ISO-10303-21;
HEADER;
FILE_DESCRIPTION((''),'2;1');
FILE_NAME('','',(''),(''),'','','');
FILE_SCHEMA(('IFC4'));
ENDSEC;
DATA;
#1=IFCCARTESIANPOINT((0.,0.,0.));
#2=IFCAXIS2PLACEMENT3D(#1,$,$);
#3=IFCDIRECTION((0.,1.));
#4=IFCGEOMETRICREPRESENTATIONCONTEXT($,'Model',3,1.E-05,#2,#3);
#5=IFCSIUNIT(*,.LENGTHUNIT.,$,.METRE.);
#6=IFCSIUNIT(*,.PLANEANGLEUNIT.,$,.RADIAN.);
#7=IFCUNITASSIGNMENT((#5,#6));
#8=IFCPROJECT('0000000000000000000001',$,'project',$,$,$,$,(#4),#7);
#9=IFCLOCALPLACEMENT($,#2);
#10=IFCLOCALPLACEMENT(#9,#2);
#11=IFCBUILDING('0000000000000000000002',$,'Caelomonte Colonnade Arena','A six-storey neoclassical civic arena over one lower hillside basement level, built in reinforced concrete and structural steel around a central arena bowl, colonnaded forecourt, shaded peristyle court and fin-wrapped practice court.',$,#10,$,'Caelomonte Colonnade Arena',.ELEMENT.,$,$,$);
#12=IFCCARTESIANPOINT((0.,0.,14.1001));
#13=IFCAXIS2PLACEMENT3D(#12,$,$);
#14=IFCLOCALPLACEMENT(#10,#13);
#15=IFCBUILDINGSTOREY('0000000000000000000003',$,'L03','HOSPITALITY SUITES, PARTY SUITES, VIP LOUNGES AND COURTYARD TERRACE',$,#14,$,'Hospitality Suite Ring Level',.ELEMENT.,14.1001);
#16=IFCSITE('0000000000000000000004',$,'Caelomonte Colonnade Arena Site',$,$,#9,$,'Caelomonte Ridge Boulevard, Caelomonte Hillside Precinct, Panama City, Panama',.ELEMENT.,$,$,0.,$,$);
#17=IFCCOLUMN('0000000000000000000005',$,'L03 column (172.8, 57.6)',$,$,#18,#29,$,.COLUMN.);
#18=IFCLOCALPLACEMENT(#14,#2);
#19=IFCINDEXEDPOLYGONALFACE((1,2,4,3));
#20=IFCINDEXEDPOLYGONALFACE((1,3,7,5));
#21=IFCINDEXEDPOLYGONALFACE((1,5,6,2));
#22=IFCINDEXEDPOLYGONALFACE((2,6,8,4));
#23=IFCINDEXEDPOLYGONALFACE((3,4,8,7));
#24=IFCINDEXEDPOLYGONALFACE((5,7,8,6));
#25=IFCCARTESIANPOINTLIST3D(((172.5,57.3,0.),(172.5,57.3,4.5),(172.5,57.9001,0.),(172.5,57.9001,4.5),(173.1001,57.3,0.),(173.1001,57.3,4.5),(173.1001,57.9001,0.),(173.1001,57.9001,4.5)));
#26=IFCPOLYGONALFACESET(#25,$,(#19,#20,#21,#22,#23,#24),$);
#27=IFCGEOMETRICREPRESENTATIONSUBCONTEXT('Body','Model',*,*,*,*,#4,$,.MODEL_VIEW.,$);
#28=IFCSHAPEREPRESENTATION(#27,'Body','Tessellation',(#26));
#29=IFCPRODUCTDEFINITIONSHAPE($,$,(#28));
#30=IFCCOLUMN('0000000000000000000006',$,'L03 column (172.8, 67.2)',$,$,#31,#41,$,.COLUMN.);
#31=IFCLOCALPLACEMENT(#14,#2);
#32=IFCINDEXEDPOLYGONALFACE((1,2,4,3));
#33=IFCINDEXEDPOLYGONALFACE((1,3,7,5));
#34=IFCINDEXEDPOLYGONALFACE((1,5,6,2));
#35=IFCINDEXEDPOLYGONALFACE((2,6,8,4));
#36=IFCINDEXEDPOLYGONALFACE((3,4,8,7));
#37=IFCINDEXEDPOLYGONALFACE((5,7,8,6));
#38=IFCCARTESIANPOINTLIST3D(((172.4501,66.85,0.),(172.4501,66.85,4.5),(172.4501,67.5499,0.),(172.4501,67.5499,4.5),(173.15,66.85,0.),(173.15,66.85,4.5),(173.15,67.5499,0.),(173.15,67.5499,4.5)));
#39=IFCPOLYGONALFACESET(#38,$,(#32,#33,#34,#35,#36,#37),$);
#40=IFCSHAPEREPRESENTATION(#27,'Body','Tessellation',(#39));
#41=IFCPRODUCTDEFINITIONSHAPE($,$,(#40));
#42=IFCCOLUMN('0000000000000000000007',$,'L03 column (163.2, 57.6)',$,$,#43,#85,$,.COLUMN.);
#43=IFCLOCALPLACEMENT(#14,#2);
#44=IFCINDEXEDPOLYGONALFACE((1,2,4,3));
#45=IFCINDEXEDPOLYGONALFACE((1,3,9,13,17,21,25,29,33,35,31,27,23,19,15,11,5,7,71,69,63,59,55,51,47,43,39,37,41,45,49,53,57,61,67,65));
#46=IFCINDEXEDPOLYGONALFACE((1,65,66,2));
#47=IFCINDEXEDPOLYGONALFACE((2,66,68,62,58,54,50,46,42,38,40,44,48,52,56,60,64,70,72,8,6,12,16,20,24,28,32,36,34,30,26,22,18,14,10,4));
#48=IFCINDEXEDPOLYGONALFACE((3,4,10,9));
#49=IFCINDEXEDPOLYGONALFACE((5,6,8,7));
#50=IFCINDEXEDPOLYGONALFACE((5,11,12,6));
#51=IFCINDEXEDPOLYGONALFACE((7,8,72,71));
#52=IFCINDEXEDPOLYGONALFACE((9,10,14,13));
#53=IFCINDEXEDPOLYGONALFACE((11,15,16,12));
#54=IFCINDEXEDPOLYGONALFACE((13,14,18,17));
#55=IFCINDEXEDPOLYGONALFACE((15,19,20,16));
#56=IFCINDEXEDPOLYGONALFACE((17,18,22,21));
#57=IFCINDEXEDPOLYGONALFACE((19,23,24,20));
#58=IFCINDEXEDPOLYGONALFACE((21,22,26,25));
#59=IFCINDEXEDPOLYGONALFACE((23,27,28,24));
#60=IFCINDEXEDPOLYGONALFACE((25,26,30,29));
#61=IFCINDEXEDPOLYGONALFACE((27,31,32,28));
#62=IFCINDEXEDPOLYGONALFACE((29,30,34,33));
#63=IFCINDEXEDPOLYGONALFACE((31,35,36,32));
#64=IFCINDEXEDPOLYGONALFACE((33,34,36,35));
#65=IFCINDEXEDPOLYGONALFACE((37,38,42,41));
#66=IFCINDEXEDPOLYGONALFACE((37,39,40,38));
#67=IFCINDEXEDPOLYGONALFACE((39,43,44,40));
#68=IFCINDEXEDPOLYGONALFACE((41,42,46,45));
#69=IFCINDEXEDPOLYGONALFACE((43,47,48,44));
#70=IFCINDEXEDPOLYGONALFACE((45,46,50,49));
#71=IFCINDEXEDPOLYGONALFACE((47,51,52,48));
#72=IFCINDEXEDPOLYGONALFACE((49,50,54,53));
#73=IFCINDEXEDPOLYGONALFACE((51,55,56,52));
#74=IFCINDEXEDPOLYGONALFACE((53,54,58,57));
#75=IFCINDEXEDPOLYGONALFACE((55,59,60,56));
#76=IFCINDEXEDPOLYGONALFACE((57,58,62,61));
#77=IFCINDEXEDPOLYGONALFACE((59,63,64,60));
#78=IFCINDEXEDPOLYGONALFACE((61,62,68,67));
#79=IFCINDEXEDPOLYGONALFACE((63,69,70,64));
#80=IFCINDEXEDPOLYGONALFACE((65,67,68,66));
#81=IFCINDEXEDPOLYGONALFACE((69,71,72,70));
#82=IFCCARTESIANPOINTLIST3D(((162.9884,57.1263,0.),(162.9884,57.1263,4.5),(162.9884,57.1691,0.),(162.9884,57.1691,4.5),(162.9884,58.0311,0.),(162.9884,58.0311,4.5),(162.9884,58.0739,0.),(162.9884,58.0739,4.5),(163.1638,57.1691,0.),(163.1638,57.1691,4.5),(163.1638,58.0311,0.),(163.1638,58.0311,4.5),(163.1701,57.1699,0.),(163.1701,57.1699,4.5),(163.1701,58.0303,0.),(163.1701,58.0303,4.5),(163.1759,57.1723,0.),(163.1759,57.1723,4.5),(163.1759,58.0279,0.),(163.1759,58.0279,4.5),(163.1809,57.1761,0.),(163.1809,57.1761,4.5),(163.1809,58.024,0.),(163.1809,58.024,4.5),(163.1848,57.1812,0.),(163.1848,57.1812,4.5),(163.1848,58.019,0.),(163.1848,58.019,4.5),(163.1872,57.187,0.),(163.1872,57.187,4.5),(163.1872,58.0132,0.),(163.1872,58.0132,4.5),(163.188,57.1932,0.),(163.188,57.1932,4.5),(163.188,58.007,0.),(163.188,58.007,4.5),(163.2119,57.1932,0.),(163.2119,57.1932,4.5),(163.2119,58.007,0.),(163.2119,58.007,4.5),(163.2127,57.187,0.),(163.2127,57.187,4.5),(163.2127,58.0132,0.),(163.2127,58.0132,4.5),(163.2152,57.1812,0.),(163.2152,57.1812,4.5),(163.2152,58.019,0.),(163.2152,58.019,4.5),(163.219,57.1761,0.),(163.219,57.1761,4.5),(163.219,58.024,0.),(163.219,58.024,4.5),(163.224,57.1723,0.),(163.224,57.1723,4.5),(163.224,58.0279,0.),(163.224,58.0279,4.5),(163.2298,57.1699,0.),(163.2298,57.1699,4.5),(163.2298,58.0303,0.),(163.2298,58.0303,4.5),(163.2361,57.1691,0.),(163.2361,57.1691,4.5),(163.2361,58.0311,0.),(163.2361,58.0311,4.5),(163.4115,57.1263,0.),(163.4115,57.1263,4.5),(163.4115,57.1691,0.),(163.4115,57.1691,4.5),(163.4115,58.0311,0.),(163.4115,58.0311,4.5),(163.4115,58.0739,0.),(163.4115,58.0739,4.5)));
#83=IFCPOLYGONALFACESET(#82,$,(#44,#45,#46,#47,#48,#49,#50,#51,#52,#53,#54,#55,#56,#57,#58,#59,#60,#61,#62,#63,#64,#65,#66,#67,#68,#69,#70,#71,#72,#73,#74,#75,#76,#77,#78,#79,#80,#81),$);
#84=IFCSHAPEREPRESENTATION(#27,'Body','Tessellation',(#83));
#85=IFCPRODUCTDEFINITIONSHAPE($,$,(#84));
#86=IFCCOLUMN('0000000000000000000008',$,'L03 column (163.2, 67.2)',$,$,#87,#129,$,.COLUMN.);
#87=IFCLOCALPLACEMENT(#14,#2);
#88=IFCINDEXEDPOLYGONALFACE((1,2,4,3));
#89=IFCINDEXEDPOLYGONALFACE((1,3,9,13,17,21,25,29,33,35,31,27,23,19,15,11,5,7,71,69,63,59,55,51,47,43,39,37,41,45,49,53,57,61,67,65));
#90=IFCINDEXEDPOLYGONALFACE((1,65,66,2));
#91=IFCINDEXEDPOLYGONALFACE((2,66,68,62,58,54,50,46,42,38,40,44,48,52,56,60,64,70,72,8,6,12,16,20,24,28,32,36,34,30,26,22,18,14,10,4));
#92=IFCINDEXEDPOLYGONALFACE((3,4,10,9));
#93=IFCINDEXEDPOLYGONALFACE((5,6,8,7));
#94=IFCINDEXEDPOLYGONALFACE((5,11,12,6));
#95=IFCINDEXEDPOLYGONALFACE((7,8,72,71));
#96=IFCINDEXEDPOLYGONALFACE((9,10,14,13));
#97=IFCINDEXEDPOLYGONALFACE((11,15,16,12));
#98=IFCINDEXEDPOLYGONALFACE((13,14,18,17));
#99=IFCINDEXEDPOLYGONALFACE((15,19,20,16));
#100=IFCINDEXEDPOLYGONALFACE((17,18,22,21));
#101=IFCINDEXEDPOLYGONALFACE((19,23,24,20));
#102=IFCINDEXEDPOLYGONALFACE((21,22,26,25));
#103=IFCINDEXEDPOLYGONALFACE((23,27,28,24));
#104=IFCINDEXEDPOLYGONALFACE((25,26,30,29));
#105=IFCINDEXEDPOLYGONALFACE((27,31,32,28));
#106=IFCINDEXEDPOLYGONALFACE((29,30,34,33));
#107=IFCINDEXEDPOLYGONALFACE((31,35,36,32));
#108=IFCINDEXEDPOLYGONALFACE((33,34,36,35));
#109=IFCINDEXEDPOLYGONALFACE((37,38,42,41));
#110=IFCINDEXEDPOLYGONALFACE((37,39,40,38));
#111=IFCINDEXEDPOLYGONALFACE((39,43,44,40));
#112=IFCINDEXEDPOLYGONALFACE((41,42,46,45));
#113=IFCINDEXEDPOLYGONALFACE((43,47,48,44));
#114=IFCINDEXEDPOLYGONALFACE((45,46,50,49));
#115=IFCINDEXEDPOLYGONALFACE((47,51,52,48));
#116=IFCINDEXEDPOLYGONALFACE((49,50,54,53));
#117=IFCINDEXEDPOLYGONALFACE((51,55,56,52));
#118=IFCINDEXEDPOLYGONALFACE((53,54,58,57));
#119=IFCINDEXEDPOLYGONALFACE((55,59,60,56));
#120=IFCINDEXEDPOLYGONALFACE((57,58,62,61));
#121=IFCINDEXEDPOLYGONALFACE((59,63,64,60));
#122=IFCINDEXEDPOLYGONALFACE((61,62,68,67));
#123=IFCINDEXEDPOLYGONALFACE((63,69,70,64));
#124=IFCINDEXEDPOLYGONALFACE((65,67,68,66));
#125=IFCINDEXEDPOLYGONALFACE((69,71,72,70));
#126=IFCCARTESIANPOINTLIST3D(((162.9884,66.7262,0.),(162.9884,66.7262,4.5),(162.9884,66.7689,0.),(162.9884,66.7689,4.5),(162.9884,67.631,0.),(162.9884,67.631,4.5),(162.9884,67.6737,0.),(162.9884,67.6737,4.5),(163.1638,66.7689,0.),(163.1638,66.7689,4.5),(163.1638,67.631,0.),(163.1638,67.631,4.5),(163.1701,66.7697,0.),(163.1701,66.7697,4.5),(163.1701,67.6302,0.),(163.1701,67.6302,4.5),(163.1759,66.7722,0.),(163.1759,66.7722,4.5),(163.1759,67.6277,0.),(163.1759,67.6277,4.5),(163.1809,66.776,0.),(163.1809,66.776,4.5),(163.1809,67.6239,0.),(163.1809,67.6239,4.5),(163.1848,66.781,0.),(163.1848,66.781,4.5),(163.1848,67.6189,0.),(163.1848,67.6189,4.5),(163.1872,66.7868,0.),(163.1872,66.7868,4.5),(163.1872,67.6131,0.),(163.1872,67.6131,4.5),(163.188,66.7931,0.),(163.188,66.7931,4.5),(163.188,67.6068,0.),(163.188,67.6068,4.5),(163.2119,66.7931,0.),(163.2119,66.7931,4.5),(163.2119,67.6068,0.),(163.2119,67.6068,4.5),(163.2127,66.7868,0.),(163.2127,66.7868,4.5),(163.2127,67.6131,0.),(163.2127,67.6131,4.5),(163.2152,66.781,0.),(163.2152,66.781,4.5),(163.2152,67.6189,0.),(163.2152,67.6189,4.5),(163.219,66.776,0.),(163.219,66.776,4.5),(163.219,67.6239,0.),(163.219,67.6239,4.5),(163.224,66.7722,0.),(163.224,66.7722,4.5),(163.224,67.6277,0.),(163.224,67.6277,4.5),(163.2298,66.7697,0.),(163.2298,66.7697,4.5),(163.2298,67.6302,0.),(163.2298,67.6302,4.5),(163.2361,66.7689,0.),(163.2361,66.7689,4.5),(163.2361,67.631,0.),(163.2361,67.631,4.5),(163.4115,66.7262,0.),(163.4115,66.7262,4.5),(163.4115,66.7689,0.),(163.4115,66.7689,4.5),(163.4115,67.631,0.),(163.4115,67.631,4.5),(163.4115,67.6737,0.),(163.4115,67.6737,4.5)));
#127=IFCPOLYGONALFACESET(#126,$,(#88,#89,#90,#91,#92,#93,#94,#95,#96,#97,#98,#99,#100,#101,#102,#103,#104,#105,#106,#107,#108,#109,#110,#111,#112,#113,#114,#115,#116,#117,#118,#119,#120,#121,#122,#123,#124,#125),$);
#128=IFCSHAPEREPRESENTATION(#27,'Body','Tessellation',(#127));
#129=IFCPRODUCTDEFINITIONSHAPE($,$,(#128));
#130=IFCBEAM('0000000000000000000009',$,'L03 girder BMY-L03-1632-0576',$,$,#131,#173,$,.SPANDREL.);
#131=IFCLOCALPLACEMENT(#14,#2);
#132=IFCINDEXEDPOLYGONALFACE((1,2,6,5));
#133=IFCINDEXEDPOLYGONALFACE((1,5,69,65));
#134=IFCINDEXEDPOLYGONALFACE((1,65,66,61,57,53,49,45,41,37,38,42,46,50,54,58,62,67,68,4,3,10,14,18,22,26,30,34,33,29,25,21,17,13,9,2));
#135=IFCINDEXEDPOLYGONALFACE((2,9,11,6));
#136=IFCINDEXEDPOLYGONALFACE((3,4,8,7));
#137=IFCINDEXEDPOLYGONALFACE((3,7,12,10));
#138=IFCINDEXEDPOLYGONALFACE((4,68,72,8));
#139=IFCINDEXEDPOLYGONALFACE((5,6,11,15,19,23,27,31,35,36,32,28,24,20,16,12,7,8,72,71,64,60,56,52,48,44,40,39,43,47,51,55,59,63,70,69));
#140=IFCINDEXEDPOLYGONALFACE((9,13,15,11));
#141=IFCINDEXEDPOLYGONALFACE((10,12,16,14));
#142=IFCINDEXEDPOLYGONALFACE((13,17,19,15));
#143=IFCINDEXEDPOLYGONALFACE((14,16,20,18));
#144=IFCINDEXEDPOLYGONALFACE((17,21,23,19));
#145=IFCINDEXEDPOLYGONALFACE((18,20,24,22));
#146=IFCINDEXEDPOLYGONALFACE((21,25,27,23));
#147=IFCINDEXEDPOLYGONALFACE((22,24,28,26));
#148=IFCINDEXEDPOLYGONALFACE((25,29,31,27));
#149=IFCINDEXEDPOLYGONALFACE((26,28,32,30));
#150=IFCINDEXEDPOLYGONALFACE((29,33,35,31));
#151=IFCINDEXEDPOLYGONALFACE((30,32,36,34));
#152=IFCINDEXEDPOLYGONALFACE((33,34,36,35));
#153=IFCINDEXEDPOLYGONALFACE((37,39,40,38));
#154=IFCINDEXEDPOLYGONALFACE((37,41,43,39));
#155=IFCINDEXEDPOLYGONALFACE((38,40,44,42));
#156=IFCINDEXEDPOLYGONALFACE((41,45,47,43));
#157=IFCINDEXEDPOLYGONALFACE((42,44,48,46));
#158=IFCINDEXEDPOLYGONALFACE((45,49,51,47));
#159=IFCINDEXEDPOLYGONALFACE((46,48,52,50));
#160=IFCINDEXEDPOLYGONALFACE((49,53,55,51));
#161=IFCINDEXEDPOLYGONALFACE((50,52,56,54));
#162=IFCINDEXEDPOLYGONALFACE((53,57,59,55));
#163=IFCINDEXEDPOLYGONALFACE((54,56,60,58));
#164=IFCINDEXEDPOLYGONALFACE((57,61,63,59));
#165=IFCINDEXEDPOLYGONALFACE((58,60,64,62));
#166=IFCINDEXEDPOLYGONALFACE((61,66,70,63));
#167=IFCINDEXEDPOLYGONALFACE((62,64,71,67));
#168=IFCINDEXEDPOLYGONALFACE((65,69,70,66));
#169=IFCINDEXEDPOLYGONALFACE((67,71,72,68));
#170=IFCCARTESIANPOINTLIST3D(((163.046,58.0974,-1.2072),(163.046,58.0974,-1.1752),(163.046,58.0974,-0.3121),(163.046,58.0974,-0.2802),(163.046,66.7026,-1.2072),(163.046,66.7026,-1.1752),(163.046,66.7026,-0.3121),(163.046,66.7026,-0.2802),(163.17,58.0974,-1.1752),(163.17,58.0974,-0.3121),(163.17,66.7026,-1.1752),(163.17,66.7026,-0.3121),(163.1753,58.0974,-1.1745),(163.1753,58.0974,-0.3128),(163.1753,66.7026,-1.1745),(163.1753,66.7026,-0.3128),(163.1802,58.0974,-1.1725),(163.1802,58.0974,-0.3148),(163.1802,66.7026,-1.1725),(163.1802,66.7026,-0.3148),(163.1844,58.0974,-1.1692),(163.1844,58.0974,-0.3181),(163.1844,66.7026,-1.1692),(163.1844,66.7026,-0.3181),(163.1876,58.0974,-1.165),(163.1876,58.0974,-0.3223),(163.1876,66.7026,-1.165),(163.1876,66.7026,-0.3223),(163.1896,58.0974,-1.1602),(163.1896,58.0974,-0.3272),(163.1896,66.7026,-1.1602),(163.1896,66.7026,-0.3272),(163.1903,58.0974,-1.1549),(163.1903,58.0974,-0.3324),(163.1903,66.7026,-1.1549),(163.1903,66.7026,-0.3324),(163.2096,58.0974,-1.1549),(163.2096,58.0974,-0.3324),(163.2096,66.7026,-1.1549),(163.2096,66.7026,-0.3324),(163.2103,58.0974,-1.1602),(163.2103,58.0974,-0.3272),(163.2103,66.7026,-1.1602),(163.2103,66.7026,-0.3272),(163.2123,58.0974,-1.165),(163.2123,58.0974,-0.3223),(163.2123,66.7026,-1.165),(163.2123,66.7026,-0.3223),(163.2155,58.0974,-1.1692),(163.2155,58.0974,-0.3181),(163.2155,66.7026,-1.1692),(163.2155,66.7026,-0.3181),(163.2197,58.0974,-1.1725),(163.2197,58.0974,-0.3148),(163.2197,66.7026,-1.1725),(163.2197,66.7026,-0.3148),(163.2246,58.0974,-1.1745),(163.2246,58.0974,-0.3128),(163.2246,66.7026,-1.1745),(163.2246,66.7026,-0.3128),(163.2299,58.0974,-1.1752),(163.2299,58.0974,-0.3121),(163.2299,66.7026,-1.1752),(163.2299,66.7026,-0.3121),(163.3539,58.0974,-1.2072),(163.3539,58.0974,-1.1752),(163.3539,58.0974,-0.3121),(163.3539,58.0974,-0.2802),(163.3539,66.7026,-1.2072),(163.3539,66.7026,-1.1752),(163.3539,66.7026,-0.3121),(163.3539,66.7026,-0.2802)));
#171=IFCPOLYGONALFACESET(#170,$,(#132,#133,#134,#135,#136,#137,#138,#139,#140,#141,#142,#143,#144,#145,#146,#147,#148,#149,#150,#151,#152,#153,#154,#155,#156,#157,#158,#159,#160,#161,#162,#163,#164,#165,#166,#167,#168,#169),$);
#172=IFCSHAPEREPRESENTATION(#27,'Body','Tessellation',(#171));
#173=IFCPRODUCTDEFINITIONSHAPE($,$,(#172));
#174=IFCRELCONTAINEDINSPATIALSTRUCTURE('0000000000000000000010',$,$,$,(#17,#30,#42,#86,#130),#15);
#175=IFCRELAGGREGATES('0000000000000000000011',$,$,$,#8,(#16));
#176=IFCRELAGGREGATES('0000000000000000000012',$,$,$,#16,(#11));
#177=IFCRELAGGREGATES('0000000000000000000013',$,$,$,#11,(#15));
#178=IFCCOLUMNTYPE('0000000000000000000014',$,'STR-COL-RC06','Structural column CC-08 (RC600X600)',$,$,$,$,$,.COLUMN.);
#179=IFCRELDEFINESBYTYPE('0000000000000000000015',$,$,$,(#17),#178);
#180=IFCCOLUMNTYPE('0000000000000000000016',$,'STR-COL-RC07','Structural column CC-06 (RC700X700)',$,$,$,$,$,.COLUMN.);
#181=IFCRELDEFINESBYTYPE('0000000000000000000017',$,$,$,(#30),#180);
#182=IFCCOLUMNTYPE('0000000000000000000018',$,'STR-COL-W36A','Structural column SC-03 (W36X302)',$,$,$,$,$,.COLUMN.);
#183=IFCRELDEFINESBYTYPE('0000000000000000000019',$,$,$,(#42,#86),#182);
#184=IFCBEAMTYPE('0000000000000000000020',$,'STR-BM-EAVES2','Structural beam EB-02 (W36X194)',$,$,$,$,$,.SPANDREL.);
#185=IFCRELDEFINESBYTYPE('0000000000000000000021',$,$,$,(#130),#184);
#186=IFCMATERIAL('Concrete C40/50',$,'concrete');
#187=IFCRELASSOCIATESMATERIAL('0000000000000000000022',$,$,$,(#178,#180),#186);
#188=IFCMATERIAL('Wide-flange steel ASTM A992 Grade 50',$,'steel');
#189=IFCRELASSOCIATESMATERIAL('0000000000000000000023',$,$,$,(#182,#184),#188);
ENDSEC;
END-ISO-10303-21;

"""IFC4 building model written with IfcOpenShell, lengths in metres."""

from ifc_helpers import new_model, si_unit, direction, frame, origin, origin_2d, place, context, subcontext, project, spatial, rectangle, i_section, extrude, material, material_profile, profile_set, type_object, element, save


model = new_model("IFC4")

# Units and contexts
model_context = context("Model", 3, precision=1e-05, world=origin(), true_north=direction((0.0, 1.0)))
body_context = subcontext(model_context, "Body", "Model", "MODEL_VIEW")
ifc_project = project(units=[si_unit("LENGTHUNIT", "METRE"), si_unit("PLANEANGLEUNIT", "RADIAN")], contexts=[model_context])

# Site, building, storey
site_placement = place(None, origin())
site = spatial("IfcSite", under=ifc_project, at=site_placement, Name="Caelomonte Colonnade Arena Site", LongName="Caelomonte Ridge Boulevard, Caelomonte Hillside Precinct, Panama City, Panama", CompositionType="ELEMENT", RefElevation=0.0)
building_placement = place(site_placement, origin())
building = spatial("IfcBuilding", under=site, at=building_placement, Name="Caelomonte Colonnade Arena", Description="A six-storey neoclassical civic arena over one lower hillside basement level, built in reinforced concrete and structural steel around a central arena bowl, colonnaded forecourt, shaded peristyle court and fin-wrapped practice court.", LongName="Caelomonte Colonnade Arena", CompositionType="ELEMENT")
storey_placement = place(building_placement, frame((0.0, 0.0, 14.1001)))
storey = spatial("IfcBuildingStorey", under=building, at=storey_placement, Name="L03", Description="HOSPITALITY SUITES, PARTY SUITES, VIP LOUNGES AND COURTYARD TERRACE", LongName="Hospitality Suite Ring Level", CompositionType="ELEMENT", Elevation=14.1001)

# Columns
ifc_material_1 = material(Name="Concrete C40/50", Category="concrete")
ifc_material_profile_1 = material_profile(ifc_material_1, rectangle(XDim=0.6001, YDim=0.6001, at=origin_2d()), Name="RC600X600")
ifc_profile_set_1 = profile_set([ifc_material_profile_1], Name="Concrete C40/50")
column_type_1 = type_object("IfcColumnType", Name="STR-COL-RC06", Description="Structural column CC-08 (RC600X600)", PredefinedType="COLUMN", material=ifc_profile_set_1)
column_1_placement = place(storey_placement, frame((172.8, 57.6001, 0.0), z_axis=(0.0, 0.0, 1.0), x_axis=(1.0, 0.0, 0.0)))
element("IfcColumn", 1, at=column_1_placement, inside=storey, type_object=column_type_1, Name="L03 column (172.8, 57.6)", PredefinedType="COLUMN", context=body_context, shape_type="SweptSolid", body=[
    extrude(rectangle(XDim=0.6001, YDim=0.6001, at=origin_2d()), origin(), (0.0, 0.0, 1.0), 4.5),
])
ifc_material_profile_2 = material_profile(ifc_material_1, rectangle(XDim=0.7, YDim=0.7, at=origin_2d()), Name="RC700X700")
ifc_profile_set_2 = profile_set([ifc_material_profile_2], Name="Concrete C40/50")
column_type_2 = type_object("IfcColumnType", Name="STR-COL-RC07", Description="Structural column CC-06 (RC700X700)", PredefinedType="COLUMN", material=ifc_profile_set_2)
column_2_placement = place(storey_placement, frame((172.8, 67.2, 0.0), z_axis=(0.0, 0.0, 1.0), x_axis=(1.0, 0.0, 0.0)))
element("IfcColumn", 2, at=column_2_placement, inside=storey, type_object=column_type_2, Name="L03 column (172.8, 67.2)", PredefinedType="COLUMN", context=body_context, shape_type="SweptSolid", body=[
    extrude(rectangle(XDim=0.7, YDim=0.7, at=origin_2d()), origin(), (0.0, 0.0, 1.0), 4.5),
])
ifc_material_2 = material(Name="Wide-flange steel ASTM A992 Grade 50", Category="steel")
ifc_material_profile_3 = material_profile(ifc_material_2, i_section(OverallWidth=0.4231, OverallDepth=0.9475, WebThickness=0.0239, FlangeThickness=0.0427, FilletRadius=0.0242, at=origin_2d()), Name="W36X302")
ifc_profile_set_3 = profile_set([ifc_material_profile_3], Name="Wide-flange steel ASTM A992 Grade 50")
column_type_3 = type_object("IfcColumnType", Name="STR-COL-W36A", Description="Structural column SC-03 (W36X302)", PredefinedType="COLUMN", material=ifc_profile_set_3)
for number, where, z_axis, x_axis, name in (
    (3, (163.2, 57.6001, 0.0), (0.0, 0.0, 1.0), (1.0, 0.0, 0.0), "L03 column (163.2, 57.6)"),
    (4, (163.2, 67.2, 0.0), (0.0, 0.0, 1.0), (1.0, 0.0, 0.0), "L03 column (163.2, 67.2)"),
):
    element("IfcColumn", number, at=place(storey_placement, frame(where, z_axis=z_axis, x_axis=x_axis)), inside=storey, type_object=column_type_3, Name=name, PredefinedType="COLUMN", context=body_context, shape_type="SweptSolid", body=[
        extrude(i_section(OverallWidth=0.4231, OverallDepth=0.9475, WebThickness=0.0239, FlangeThickness=0.0427, FilletRadius=0.0242, at=origin_2d()), origin(), (0.0, 0.0, 1.0), 4.5),
    ])

# Beam
ifc_material_profile_4 = material_profile(ifc_material_2, i_section(OverallWidth=0.3079, OverallDepth=0.927, WebThickness=0.0193, FlangeThickness=0.032, FilletRadius=0.0203, at=origin_2d()), Name="W36X194")
ifc_profile_set_4 = profile_set([ifc_material_profile_4], Name="Wide-flange steel ASTM A992 Grade 50")
beam_type_1 = type_object("IfcBeamType", Name="STR-BM-EAVES2", Description="Structural beam EB-02 (W36X194)", PredefinedType="SPANDREL", material=ifc_profile_set_4)
beam_1_placement = place(storey_placement, frame((163.2, 58.0974, -0.7437), z_axis=(0.0, 1.0, 0.0), x_axis=(-1.0, 0.0, 0.0)))
element("IfcBeam", 5, at=beam_1_placement, inside=storey, type_object=beam_type_1, Name="L03 girder BMY-L03-1632-0576", PredefinedType="SPANDREL", context=body_context, shape_type="SweptSolid", body=[
    extrude(i_section(OverallWidth=0.3079, OverallDepth=0.927, WebThickness=0.0193, FlangeThickness=0.032, FilletRadius=0.0203, at=origin_2d()), origin(), (0.0, 0.0, 1.0), 8.6052),
])

save(model, "model.ifc")
